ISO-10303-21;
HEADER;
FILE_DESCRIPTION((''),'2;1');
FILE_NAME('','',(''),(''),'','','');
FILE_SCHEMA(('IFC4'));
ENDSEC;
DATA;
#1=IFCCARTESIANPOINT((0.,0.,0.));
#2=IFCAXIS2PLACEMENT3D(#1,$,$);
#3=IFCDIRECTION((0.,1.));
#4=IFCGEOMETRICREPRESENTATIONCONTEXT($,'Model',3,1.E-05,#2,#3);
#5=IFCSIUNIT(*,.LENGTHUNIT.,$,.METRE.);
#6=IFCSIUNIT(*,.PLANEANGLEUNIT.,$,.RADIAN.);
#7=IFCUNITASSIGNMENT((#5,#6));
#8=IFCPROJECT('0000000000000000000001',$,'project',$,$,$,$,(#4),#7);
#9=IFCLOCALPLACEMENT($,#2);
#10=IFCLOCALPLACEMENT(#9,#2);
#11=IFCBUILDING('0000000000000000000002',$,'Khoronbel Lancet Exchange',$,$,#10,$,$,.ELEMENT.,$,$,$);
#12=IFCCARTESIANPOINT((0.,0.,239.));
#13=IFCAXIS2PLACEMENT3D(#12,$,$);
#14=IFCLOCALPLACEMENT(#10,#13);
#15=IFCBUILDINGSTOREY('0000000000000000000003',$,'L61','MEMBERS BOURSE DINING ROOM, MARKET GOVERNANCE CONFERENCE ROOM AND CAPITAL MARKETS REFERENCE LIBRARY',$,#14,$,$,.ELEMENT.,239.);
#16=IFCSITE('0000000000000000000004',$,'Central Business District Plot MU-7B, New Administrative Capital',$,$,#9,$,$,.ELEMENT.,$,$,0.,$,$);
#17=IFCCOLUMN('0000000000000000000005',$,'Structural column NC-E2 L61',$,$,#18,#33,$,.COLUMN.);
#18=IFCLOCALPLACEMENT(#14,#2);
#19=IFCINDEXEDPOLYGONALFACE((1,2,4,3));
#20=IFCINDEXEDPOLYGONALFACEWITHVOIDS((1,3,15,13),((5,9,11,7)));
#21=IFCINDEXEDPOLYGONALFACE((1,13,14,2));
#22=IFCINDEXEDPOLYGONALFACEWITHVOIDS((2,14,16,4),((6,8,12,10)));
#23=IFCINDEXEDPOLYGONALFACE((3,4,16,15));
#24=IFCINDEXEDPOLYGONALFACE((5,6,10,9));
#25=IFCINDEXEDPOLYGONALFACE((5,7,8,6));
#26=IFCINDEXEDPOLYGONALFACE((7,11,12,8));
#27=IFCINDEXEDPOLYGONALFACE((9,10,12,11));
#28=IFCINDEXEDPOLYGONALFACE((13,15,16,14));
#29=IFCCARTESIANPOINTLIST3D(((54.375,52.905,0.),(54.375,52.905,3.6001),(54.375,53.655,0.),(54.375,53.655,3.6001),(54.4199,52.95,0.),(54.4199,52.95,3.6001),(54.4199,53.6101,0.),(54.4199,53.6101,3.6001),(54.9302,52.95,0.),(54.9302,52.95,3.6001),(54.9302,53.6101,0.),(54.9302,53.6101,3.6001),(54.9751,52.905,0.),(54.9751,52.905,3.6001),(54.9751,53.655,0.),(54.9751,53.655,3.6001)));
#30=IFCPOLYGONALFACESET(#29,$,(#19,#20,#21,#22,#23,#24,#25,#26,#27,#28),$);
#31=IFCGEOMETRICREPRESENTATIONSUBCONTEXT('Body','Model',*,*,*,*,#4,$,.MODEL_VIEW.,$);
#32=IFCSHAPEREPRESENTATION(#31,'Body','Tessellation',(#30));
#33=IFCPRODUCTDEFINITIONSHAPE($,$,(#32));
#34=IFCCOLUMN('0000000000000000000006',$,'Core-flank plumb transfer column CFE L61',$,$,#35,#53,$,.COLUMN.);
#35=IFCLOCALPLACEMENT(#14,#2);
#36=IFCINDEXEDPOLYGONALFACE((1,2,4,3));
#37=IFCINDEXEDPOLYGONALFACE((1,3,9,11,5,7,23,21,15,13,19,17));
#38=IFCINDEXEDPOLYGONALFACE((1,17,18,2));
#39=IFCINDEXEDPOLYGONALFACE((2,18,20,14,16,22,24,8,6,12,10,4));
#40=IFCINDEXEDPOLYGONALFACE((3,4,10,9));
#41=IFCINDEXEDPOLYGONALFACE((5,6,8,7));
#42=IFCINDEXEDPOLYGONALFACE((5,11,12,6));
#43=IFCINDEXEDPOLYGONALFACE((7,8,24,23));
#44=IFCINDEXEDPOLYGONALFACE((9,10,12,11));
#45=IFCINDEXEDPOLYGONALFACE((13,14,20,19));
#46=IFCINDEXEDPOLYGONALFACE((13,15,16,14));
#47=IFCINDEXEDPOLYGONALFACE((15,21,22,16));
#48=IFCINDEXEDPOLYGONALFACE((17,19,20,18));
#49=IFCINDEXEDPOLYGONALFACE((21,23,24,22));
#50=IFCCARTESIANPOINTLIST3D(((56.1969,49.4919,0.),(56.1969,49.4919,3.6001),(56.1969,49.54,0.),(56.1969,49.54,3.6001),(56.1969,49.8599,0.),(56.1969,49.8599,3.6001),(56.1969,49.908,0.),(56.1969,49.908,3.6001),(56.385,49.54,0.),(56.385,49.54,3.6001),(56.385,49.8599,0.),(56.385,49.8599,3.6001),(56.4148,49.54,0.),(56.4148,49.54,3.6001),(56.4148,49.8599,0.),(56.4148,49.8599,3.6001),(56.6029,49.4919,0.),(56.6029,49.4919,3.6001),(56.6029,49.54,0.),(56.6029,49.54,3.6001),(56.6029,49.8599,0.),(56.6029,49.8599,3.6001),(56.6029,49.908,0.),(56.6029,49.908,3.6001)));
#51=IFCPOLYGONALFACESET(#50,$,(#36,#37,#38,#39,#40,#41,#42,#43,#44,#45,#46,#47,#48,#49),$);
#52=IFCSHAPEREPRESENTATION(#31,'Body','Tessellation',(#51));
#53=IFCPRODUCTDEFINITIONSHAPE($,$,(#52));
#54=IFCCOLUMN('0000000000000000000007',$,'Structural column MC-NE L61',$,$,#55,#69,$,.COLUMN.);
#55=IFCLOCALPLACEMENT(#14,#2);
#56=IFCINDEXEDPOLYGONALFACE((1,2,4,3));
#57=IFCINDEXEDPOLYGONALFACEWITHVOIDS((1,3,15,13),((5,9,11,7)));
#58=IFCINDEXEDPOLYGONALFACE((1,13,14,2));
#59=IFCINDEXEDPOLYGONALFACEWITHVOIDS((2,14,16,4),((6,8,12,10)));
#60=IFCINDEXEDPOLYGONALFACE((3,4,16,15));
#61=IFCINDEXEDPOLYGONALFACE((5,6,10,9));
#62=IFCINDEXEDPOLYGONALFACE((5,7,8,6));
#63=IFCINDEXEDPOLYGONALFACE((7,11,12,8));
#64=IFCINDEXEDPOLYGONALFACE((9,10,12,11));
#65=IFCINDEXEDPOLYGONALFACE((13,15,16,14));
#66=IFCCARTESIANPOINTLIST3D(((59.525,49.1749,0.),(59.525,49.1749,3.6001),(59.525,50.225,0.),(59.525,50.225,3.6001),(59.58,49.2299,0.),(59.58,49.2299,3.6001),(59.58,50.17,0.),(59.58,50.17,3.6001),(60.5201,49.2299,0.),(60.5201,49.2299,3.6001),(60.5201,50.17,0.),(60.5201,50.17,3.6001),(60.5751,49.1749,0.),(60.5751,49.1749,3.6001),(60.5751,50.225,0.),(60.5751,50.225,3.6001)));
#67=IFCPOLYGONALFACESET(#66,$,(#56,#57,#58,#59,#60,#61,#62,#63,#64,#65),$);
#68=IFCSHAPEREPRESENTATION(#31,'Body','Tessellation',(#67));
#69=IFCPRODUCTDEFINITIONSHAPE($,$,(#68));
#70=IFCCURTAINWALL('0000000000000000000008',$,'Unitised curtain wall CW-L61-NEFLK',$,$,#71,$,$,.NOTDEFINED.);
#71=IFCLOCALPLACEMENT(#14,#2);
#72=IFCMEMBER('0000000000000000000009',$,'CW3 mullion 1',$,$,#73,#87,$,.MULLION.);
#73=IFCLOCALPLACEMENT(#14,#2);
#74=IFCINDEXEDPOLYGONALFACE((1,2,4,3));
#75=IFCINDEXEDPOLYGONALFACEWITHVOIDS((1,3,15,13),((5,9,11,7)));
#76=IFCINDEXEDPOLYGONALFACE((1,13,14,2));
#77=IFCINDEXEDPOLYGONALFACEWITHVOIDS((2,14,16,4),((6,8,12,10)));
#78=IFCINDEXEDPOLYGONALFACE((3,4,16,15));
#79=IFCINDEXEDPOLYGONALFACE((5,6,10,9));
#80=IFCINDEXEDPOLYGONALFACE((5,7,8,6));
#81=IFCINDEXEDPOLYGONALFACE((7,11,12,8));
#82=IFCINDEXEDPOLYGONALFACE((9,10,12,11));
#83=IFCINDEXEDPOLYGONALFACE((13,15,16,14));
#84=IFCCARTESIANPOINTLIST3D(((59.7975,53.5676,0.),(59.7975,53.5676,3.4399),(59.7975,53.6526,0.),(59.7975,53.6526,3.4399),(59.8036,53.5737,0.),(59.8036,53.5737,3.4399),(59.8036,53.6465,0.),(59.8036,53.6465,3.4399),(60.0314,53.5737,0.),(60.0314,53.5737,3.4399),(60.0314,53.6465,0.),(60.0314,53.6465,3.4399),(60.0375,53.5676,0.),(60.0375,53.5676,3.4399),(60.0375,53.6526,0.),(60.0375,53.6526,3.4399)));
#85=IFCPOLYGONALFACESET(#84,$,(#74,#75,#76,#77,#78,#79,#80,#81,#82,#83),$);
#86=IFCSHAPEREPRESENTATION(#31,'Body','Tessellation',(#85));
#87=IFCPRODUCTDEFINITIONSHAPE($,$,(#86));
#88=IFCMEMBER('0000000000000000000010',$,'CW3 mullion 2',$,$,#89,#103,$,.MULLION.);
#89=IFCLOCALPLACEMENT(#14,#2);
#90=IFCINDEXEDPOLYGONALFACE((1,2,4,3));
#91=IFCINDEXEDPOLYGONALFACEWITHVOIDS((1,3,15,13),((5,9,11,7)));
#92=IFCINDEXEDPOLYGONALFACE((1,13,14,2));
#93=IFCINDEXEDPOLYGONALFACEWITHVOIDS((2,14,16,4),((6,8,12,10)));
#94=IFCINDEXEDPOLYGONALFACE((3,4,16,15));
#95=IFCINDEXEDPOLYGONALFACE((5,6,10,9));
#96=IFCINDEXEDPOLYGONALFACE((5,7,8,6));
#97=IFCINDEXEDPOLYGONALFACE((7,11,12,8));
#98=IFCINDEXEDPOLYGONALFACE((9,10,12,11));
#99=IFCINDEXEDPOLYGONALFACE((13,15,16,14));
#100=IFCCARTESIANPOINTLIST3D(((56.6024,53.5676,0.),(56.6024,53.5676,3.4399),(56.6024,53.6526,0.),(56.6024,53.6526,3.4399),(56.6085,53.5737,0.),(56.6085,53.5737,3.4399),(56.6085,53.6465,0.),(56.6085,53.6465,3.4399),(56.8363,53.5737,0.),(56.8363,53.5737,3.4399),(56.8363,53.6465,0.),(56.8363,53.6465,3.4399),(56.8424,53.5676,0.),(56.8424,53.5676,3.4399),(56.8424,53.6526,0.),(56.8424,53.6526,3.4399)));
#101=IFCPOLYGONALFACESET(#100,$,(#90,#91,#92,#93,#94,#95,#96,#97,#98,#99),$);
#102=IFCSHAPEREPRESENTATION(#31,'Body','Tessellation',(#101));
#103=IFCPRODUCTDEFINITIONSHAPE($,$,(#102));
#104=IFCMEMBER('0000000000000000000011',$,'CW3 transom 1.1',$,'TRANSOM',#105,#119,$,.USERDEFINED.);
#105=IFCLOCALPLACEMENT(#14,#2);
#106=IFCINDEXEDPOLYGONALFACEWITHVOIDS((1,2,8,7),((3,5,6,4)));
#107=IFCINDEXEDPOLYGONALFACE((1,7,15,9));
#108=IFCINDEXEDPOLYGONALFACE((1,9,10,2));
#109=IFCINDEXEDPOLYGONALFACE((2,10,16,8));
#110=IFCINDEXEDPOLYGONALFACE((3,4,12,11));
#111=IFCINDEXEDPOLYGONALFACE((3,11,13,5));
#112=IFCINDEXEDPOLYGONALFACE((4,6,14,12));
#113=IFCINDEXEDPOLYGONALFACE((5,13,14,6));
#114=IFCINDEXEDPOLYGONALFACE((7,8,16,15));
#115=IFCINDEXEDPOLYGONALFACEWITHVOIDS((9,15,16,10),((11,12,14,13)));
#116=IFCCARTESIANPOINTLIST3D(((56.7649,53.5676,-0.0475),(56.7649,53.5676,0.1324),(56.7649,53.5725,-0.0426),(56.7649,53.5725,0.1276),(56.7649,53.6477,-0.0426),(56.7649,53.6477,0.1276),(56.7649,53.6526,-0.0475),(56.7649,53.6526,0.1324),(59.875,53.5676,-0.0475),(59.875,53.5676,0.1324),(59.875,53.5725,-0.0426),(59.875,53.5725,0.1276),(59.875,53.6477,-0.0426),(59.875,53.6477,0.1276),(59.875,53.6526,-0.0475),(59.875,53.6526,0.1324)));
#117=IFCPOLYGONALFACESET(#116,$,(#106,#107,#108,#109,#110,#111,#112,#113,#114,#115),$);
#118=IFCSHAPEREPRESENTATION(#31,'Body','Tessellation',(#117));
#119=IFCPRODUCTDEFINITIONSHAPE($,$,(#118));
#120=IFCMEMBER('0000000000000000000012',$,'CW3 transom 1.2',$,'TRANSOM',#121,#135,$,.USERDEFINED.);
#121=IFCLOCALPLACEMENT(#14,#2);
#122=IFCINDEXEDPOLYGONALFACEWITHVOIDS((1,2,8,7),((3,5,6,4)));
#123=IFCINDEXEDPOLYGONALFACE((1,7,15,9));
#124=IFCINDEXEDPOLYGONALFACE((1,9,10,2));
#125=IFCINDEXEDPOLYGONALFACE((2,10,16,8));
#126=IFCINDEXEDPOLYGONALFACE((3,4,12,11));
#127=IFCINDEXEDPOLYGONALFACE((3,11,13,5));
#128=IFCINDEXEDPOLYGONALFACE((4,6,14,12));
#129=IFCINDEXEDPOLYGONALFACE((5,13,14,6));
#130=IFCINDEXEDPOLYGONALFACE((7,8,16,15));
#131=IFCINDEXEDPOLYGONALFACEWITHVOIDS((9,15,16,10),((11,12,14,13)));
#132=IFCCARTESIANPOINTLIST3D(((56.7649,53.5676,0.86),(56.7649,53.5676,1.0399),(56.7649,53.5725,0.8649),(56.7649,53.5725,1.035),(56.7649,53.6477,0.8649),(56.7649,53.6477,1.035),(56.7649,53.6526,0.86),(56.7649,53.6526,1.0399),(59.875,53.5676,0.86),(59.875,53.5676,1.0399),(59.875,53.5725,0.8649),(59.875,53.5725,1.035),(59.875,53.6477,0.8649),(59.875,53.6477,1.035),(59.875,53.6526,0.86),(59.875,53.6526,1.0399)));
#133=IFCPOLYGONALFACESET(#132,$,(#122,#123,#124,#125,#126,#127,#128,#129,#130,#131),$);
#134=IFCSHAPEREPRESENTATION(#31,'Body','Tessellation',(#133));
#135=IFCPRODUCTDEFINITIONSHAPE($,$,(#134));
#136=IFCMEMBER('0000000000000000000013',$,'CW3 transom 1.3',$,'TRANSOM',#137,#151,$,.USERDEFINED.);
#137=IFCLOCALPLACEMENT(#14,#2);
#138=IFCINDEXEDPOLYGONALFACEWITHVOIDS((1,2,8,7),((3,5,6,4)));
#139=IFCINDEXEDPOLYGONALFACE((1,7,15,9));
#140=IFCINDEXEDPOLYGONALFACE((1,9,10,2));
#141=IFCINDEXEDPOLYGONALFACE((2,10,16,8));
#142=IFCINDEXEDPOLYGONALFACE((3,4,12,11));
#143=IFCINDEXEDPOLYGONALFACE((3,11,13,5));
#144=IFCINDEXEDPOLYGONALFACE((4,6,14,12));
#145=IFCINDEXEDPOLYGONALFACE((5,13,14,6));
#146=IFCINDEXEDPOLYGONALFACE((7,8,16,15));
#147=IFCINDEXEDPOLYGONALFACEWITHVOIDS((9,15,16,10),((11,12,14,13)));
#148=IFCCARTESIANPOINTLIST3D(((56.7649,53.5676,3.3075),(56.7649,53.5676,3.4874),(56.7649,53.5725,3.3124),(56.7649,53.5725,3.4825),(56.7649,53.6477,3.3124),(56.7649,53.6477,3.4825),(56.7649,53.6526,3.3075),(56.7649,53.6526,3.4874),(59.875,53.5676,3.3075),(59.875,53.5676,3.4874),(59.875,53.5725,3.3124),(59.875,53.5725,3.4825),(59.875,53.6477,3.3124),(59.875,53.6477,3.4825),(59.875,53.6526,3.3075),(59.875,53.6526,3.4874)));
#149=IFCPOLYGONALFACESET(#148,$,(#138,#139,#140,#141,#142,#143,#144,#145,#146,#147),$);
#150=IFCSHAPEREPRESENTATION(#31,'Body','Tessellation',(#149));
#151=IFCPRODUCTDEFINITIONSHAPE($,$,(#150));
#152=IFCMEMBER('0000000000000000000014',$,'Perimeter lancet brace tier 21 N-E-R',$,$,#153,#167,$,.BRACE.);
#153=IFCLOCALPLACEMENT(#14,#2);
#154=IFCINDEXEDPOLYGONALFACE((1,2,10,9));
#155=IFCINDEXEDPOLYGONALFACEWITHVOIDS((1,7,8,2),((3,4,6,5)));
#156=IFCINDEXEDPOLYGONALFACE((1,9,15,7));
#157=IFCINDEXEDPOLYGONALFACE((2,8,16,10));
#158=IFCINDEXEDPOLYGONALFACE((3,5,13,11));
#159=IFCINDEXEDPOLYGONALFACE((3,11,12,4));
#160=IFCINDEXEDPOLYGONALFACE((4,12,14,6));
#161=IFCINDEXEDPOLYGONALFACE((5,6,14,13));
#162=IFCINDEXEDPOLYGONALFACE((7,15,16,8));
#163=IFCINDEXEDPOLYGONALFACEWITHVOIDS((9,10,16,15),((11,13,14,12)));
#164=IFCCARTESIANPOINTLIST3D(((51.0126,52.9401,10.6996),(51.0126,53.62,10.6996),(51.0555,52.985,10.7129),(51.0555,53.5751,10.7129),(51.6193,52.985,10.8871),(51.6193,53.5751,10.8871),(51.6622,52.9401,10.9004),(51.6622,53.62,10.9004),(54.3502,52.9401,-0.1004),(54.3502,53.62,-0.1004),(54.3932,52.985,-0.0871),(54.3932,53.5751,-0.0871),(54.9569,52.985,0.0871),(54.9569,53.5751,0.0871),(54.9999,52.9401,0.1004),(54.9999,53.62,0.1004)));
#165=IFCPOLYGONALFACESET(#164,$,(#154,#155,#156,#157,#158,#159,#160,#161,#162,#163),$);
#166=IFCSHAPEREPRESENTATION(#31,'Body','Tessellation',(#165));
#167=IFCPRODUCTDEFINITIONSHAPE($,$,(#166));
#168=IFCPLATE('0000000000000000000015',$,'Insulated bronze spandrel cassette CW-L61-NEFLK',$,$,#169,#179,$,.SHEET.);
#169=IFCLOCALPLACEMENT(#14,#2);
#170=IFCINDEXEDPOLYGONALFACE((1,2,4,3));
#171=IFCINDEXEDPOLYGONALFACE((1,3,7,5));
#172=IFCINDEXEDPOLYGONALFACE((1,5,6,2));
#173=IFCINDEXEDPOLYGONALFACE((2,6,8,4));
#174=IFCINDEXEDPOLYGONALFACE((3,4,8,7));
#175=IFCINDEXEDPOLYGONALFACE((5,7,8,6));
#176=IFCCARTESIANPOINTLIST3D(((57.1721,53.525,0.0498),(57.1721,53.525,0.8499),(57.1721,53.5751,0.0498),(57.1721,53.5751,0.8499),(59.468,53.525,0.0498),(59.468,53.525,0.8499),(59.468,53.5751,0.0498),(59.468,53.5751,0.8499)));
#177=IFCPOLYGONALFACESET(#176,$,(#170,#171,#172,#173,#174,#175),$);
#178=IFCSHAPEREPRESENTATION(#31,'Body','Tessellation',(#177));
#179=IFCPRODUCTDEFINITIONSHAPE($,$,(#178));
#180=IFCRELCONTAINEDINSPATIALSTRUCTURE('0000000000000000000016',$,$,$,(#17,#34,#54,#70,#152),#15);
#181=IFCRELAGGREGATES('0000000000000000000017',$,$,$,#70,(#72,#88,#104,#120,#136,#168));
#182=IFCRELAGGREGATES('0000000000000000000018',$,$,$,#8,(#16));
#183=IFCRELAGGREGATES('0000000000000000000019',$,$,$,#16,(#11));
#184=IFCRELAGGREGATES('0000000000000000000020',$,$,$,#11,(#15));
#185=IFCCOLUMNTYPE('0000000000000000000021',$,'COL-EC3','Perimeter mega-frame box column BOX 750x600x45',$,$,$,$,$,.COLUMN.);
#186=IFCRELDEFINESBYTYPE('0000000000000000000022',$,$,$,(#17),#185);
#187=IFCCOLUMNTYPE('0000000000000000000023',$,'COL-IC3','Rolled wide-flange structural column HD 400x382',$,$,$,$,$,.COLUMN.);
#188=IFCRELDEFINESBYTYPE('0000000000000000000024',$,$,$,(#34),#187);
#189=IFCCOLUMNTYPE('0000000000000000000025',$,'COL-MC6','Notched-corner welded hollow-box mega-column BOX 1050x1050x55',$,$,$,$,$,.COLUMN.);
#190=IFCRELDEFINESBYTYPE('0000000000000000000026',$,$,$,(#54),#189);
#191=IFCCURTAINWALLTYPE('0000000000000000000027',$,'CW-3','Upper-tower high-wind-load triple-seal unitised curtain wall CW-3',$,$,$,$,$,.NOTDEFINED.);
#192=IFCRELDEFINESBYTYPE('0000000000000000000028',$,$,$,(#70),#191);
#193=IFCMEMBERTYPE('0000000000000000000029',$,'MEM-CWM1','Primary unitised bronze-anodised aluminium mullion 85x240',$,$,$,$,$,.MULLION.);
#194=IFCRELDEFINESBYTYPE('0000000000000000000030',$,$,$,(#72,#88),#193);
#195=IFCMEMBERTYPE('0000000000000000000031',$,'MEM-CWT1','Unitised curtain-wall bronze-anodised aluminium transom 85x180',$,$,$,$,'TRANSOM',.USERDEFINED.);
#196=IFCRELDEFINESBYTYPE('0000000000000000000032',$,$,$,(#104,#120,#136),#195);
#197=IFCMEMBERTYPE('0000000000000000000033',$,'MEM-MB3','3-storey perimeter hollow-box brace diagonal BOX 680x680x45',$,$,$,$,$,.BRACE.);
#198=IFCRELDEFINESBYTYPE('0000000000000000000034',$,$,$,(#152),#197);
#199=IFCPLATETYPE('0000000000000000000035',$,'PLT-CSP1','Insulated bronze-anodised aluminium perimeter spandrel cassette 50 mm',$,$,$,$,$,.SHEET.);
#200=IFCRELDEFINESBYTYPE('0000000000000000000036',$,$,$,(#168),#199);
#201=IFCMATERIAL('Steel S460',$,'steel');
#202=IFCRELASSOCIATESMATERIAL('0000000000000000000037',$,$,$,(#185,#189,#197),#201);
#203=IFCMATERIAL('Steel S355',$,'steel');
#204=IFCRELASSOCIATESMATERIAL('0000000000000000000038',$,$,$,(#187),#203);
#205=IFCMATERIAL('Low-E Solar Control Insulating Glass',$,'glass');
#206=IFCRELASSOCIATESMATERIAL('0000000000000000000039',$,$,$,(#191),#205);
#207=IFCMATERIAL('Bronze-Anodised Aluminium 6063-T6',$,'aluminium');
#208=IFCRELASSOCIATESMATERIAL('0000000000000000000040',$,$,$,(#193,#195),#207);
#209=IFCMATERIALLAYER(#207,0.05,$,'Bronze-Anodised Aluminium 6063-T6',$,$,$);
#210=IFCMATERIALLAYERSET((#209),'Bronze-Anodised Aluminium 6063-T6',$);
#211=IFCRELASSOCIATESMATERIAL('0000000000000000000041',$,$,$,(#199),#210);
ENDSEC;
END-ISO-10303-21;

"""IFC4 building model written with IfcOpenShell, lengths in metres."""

from ifc_helpers import new_model, si_unit, direction, frame, origin, origin_2d, place, context, subcontext, project, spatial, rectangle, hollow_rectangle, i_section, extrude, material, layer, layer_set, material_profile, profile_set, type_object, element, aggregate, save


model = new_model("IFC4")

# Units and contexts
model_context = context("Model", 3, precision=1e-05, world=origin(), true_north=direction((0.0, 1.0)))
body_context = subcontext(model_context, "Body", "Model", "MODEL_VIEW")
ifc_project = project(units=[si_unit("LENGTHUNIT", "METRE"), si_unit("PLANEANGLEUNIT", "RADIAN")], contexts=[model_context])

# Site, building, storey
site_placement = place(None, origin())
site = spatial("IfcSite", under=ifc_project, at=site_placement, Name="Central Business District Plot MU-7B, New Administrative Capital", CompositionType="ELEMENT", RefElevation=0.0)
building_placement = place(site_placement, origin())
building = spatial("IfcBuilding", under=site, at=building_placement, Name="Khoronbel Lancet Exchange", CompositionType="ELEMENT")
storey_placement = place(building_placement, frame((0.0, 0.0, 239.0)))
storey = spatial("IfcBuildingStorey", under=building, at=storey_placement, Name="L61", Description="MEMBERS BOURSE DINING ROOM, MARKET GOVERNANCE CONFERENCE ROOM AND CAPITAL MARKETS REFERENCE LIBRARY", CompositionType="ELEMENT", Elevation=239.0)

# Columns
ifc_material_1 = material(Name="Steel S460", Category="steel")
ifc_material_profile_1 = material_profile(ifc_material_1, hollow_rectangle(XDim=0.6001, YDim=0.75, WallThickness=0.0449, at=origin_2d()), Name="BOX 750x600x45")
ifc_profile_set_1 = profile_set([ifc_material_profile_1], Name="Steel S460")
column_type_1 = type_object("IfcColumnType", Name="COL-EC3", Description="Perimeter mega-frame box column BOX 750x600x45", PredefinedType="COLUMN", material=ifc_profile_set_1)
column_1_placement = place(storey_placement, frame((54.675, 53.28, 0.0), z_axis=(0.0, 0.0, 1.0), x_axis=(1.0, 0.0, 0.0)))
element("IfcColumn", 1, at=column_1_placement, inside=storey, type_object=column_type_1, Name="Structural column NC-E2 L61", PredefinedType="COLUMN", context=body_context, shape_type="SweptSolid", body=[
    extrude(hollow_rectangle(XDim=0.6001, YDim=0.75, WallThickness=0.0449, at=origin_2d()), origin(), (0.0, 0.0, 1.0), 3.6001),
])
ifc_material_2 = material(Name="Steel S355", Category="steel")
ifc_material_profile_2 = material_profile(ifc_material_2, i_section(OverallWidth=0.406, OverallDepth=0.416, WebThickness=0.0298, FlangeThickness=0.0481, at=origin_2d()), Name="HD 400x382")
ifc_profile_set_2 = profile_set([ifc_material_profile_2], Name="Steel S355")
column_type_2 = type_object("IfcColumnType", Name="COL-IC3", Description="Rolled wide-flange structural column HD 400x382", PredefinedType="COLUMN", material=ifc_profile_set_2)
column_2_placement = place(storey_placement, frame((56.3999, 49.7, 0.0), z_axis=(0.0, 0.0, 1.0), x_axis=(1.0, 0.0, 0.0)))
element("IfcColumn", 2, at=column_2_placement, inside=storey, type_object=column_type_2, Name="Core-flank plumb transfer column CFE L61", PredefinedType="COLUMN", context=body_context, shape_type="SweptSolid", body=[
    extrude(i_section(OverallWidth=0.406, OverallDepth=0.416, WebThickness=0.0298, FlangeThickness=0.0481, at=origin_2d()), origin(), (0.0, 0.0, 1.0), 3.6001),
])
ifc_material_profile_3 = material_profile(ifc_material_1, hollow_rectangle(XDim=1.05, YDim=1.05, WallThickness=0.0549, at=origin_2d()), Name="BOX 1050x1050x55")
ifc_profile_set_3 = profile_set([ifc_material_profile_3], Name="Steel S460")
column_type_3 = type_object("IfcColumnType", Name="COL-MC6", Description="Notched-corner welded hollow-box mega-column BOX 1050x1050x55", PredefinedType="COLUMN", material=ifc_profile_set_3)
column_3_placement = place(storey_placement, frame((60.05, 49.7, 0.0), z_axis=(0.0, 0.0, 1.0), x_axis=(1.0, 0.0, 0.0)))
element("IfcColumn", 3, at=column_3_placement, inside=storey, type_object=column_type_3, Name="Structural column MC-NE L61", PredefinedType="COLUMN", context=body_context, shape_type="SweptSolid", body=[
    extrude(hollow_rectangle(XDim=1.05, YDim=1.05, WallThickness=0.0549, at=origin_2d()), origin(), (0.0, 0.0, 1.0), 3.6001),
])

# Curtain wall, members
ifc_material_3 = material(Name="Low-E Solar Control Insulating Glass", Category="glass")
curtain_wall_type = type_object("IfcCurtainWallType", Name="CW-3", Description="Upper-tower high-wind-load triple-seal unitised curtain wall CW-3", PredefinedType="NOTDEFINED", material=ifc_material_3)
curtain_wall_placement = place(storey_placement, origin())
curtain_wall = element("IfcCurtainWall", 4, at=curtain_wall_placement, inside=storey, type_object=curtain_wall_type, Name="Unitised curtain wall CW-L61-NEFLK", PredefinedType="NOTDEFINED")
ifc_material_4 = material(Name="Bronze-Anodised Aluminium 6063-T6", Category="aluminium")
ifc_material_profile_4 = material_profile(ifc_material_4, hollow_rectangle(XDim=0.085, YDim=0.24, WallThickness=0.0061, at=origin_2d()), Name="ALU MULLION 85x240")
ifc_profile_set_4 = profile_set([ifc_material_profile_4], Name="Bronze-Anodised Aluminium 6063-T6")
member_type_1 = type_object("IfcMemberType", Name="MEM-CWM1", Description="Primary unitised bronze-anodised aluminium mullion 85x240", PredefinedType="MULLION", material=ifc_profile_set_4)
member_1_placement = place(storey_placement, frame((59.9175, 53.6101, 0.0), z_axis=(0.0, 0.0, 1.0), x_axis=(0.0, -1.0, 0.0)))
member_1 = element("IfcMember", 5, at=member_1_placement, type_object=member_type_1, Name="CW3 mullion 1", PredefinedType="MULLION", context=body_context, shape_type="SweptSolid", body=[
    extrude(hollow_rectangle(XDim=0.085, YDim=0.24, WallThickness=0.0061, at=origin_2d()), origin(), (0.0, 0.0, 1.0), 3.4399),
])
member_2_placement = place(storey_placement, frame((56.7224, 53.6101, 0.0), z_axis=(0.0, 0.0, 1.0), x_axis=(0.0, -1.0, 0.0)))
member_2 = element("IfcMember", 6, at=member_2_placement, type_object=member_type_1, Name="CW3 mullion 2", PredefinedType="MULLION", context=body_context, shape_type="SweptSolid", body=[
    extrude(hollow_rectangle(XDim=0.085, YDim=0.24, WallThickness=0.0061, at=origin_2d()), origin(), (0.0, 0.0, 1.0), 3.4399),
])
ifc_material_profile_5 = material_profile(ifc_material_4, hollow_rectangle(XDim=0.085, YDim=0.1799, WallThickness=0.0049, at=origin_2d()), Name="ALU TRANSOM 85x180")
ifc_profile_set_5 = profile_set([ifc_material_profile_5], Name="Bronze-Anodised Aluminium 6063-T6")
member_type_2 = type_object("IfcMemberType", Name="MEM-CWT1", Description="Unitised curtain-wall bronze-anodised aluminium transom 85x180", ElementType="TRANSOM", PredefinedType="USERDEFINED", material=ifc_profile_set_5)
member_3_placement = place(storey_placement, frame((59.875, 53.6101, 0.0425), z_axis=(-1.0, 0.0, 0.0), x_axis=(0.0, -1.0, 0.0)))
member_3 = element("IfcMember", 7, at=member_3_placement, type_object=member_type_2, Name="CW3 transom 1.1", ObjectType="TRANSOM", PredefinedType="USERDEFINED", context=body_context, shape_type="SweptSolid", body=[
    extrude(hollow_rectangle(XDim=0.085, YDim=0.1799, WallThickness=0.0049, at=origin_2d()), origin(), (0.0, 0.0, 1.0), 3.1101),
])
member_4_placement = place(storey_placement, frame((59.875, 53.6101, 0.95), z_axis=(-1.0, 0.0, 0.0), x_axis=(0.0, -1.0, 0.0)))
member_4 = element("IfcMember", 8, at=member_4_placement, type_object=member_type_2, Name="CW3 transom 1.2", ObjectType="TRANSOM", PredefinedType="USERDEFINED", context=body_context, shape_type="SweptSolid", body=[
    extrude(hollow_rectangle(XDim=0.085, YDim=0.1799, WallThickness=0.0049, at=origin_2d()), origin(), (0.0, 0.0, 1.0), 3.1101),
])
member_5_placement = place(storey_placement, frame((59.875, 53.6101, 3.3975), z_axis=(-1.0, 0.0, 0.0), x_axis=(0.0, -1.0, 0.0)))
member_5 = element("IfcMember", 9, at=member_5_placement, type_object=member_type_2, Name="CW3 transom 1.3", ObjectType="TRANSOM", PredefinedType="USERDEFINED", context=body_context, shape_type="SweptSolid", body=[
    extrude(hollow_rectangle(XDim=0.085, YDim=0.1799, WallThickness=0.0049, at=origin_2d()), origin(), (0.0, 0.0, 1.0), 3.1101),
])

# Member
ifc_material_profile_6 = material_profile(ifc_material_1, hollow_rectangle(XDim=0.6799, YDim=0.6799, WallThickness=0.0449, at=origin_2d()), Name="BOX 680x680x45")
ifc_profile_set_6 = profile_set([ifc_material_profile_6], Name="Steel S460")
member_type_3 = type_object("IfcMemberType", Name="MEM-MB3", Description="3-storey perimeter hollow-box brace diagonal BOX 680x680x45", PredefinedType="BRACE", material=ifc_profile_set_6)
member_6_placement = place(storey_placement, frame((54.675, 53.28, 0.0), z_axis=(-0.295262, 0.0, 0.955416), x_axis=(0.0, -1.0, 0.0)))
element("IfcMember", 10, at=member_6_placement, inside=storey, type_object=member_type_3, Name="Perimeter lancet brace tier 21 N-E-R", PredefinedType="BRACE", context=body_context, shape_type="SweptSolid", body=[
    extrude(hollow_rectangle(XDim=0.6799, YDim=0.6799, WallThickness=0.0449, at=origin_2d()), origin(), (0.0, 0.0, 1.0), 11.304),
])

# Plate
ifc_layer_1 = layer(ifc_material_4, 0.05, Name="Bronze-Anodised Aluminium 6063-T6")
ifc_layer_set_1 = layer_set([ifc_layer_1], Name="Bronze-Anodised Aluminium 6063-T6")
plate_type_1 = type_object("IfcPlateType", Name="PLT-CSP1", Description="Insulated bronze-anodised aluminium perimeter spandrel cassette 50 mm", PredefinedType="SHEET", material=ifc_layer_set_1)
plate_1_placement = place(storey_placement, frame((58.3201, 53.55, 0.0498), z_axis=(0.0, 0.0, 1.0), x_axis=(-1.0, 0.0, 0.0)))
plate_1 = element("IfcPlate", 11, at=plate_1_placement, type_object=plate_type_1, Name="Insulated bronze spandrel cassette CW-L61-NEFLK", PredefinedType="SHEET", context=body_context, shape_type="SweptSolid", body=[
    extrude(rectangle(XDim=2.2959, YDim=0.05, at=origin_2d()), origin(), (0.0, 0.0, 1.0), 0.8),
])
aggregate(curtain_wall, [member_1, member_2, member_3, member_4, member_5, plate_1])

save(model, "model.ifc")
